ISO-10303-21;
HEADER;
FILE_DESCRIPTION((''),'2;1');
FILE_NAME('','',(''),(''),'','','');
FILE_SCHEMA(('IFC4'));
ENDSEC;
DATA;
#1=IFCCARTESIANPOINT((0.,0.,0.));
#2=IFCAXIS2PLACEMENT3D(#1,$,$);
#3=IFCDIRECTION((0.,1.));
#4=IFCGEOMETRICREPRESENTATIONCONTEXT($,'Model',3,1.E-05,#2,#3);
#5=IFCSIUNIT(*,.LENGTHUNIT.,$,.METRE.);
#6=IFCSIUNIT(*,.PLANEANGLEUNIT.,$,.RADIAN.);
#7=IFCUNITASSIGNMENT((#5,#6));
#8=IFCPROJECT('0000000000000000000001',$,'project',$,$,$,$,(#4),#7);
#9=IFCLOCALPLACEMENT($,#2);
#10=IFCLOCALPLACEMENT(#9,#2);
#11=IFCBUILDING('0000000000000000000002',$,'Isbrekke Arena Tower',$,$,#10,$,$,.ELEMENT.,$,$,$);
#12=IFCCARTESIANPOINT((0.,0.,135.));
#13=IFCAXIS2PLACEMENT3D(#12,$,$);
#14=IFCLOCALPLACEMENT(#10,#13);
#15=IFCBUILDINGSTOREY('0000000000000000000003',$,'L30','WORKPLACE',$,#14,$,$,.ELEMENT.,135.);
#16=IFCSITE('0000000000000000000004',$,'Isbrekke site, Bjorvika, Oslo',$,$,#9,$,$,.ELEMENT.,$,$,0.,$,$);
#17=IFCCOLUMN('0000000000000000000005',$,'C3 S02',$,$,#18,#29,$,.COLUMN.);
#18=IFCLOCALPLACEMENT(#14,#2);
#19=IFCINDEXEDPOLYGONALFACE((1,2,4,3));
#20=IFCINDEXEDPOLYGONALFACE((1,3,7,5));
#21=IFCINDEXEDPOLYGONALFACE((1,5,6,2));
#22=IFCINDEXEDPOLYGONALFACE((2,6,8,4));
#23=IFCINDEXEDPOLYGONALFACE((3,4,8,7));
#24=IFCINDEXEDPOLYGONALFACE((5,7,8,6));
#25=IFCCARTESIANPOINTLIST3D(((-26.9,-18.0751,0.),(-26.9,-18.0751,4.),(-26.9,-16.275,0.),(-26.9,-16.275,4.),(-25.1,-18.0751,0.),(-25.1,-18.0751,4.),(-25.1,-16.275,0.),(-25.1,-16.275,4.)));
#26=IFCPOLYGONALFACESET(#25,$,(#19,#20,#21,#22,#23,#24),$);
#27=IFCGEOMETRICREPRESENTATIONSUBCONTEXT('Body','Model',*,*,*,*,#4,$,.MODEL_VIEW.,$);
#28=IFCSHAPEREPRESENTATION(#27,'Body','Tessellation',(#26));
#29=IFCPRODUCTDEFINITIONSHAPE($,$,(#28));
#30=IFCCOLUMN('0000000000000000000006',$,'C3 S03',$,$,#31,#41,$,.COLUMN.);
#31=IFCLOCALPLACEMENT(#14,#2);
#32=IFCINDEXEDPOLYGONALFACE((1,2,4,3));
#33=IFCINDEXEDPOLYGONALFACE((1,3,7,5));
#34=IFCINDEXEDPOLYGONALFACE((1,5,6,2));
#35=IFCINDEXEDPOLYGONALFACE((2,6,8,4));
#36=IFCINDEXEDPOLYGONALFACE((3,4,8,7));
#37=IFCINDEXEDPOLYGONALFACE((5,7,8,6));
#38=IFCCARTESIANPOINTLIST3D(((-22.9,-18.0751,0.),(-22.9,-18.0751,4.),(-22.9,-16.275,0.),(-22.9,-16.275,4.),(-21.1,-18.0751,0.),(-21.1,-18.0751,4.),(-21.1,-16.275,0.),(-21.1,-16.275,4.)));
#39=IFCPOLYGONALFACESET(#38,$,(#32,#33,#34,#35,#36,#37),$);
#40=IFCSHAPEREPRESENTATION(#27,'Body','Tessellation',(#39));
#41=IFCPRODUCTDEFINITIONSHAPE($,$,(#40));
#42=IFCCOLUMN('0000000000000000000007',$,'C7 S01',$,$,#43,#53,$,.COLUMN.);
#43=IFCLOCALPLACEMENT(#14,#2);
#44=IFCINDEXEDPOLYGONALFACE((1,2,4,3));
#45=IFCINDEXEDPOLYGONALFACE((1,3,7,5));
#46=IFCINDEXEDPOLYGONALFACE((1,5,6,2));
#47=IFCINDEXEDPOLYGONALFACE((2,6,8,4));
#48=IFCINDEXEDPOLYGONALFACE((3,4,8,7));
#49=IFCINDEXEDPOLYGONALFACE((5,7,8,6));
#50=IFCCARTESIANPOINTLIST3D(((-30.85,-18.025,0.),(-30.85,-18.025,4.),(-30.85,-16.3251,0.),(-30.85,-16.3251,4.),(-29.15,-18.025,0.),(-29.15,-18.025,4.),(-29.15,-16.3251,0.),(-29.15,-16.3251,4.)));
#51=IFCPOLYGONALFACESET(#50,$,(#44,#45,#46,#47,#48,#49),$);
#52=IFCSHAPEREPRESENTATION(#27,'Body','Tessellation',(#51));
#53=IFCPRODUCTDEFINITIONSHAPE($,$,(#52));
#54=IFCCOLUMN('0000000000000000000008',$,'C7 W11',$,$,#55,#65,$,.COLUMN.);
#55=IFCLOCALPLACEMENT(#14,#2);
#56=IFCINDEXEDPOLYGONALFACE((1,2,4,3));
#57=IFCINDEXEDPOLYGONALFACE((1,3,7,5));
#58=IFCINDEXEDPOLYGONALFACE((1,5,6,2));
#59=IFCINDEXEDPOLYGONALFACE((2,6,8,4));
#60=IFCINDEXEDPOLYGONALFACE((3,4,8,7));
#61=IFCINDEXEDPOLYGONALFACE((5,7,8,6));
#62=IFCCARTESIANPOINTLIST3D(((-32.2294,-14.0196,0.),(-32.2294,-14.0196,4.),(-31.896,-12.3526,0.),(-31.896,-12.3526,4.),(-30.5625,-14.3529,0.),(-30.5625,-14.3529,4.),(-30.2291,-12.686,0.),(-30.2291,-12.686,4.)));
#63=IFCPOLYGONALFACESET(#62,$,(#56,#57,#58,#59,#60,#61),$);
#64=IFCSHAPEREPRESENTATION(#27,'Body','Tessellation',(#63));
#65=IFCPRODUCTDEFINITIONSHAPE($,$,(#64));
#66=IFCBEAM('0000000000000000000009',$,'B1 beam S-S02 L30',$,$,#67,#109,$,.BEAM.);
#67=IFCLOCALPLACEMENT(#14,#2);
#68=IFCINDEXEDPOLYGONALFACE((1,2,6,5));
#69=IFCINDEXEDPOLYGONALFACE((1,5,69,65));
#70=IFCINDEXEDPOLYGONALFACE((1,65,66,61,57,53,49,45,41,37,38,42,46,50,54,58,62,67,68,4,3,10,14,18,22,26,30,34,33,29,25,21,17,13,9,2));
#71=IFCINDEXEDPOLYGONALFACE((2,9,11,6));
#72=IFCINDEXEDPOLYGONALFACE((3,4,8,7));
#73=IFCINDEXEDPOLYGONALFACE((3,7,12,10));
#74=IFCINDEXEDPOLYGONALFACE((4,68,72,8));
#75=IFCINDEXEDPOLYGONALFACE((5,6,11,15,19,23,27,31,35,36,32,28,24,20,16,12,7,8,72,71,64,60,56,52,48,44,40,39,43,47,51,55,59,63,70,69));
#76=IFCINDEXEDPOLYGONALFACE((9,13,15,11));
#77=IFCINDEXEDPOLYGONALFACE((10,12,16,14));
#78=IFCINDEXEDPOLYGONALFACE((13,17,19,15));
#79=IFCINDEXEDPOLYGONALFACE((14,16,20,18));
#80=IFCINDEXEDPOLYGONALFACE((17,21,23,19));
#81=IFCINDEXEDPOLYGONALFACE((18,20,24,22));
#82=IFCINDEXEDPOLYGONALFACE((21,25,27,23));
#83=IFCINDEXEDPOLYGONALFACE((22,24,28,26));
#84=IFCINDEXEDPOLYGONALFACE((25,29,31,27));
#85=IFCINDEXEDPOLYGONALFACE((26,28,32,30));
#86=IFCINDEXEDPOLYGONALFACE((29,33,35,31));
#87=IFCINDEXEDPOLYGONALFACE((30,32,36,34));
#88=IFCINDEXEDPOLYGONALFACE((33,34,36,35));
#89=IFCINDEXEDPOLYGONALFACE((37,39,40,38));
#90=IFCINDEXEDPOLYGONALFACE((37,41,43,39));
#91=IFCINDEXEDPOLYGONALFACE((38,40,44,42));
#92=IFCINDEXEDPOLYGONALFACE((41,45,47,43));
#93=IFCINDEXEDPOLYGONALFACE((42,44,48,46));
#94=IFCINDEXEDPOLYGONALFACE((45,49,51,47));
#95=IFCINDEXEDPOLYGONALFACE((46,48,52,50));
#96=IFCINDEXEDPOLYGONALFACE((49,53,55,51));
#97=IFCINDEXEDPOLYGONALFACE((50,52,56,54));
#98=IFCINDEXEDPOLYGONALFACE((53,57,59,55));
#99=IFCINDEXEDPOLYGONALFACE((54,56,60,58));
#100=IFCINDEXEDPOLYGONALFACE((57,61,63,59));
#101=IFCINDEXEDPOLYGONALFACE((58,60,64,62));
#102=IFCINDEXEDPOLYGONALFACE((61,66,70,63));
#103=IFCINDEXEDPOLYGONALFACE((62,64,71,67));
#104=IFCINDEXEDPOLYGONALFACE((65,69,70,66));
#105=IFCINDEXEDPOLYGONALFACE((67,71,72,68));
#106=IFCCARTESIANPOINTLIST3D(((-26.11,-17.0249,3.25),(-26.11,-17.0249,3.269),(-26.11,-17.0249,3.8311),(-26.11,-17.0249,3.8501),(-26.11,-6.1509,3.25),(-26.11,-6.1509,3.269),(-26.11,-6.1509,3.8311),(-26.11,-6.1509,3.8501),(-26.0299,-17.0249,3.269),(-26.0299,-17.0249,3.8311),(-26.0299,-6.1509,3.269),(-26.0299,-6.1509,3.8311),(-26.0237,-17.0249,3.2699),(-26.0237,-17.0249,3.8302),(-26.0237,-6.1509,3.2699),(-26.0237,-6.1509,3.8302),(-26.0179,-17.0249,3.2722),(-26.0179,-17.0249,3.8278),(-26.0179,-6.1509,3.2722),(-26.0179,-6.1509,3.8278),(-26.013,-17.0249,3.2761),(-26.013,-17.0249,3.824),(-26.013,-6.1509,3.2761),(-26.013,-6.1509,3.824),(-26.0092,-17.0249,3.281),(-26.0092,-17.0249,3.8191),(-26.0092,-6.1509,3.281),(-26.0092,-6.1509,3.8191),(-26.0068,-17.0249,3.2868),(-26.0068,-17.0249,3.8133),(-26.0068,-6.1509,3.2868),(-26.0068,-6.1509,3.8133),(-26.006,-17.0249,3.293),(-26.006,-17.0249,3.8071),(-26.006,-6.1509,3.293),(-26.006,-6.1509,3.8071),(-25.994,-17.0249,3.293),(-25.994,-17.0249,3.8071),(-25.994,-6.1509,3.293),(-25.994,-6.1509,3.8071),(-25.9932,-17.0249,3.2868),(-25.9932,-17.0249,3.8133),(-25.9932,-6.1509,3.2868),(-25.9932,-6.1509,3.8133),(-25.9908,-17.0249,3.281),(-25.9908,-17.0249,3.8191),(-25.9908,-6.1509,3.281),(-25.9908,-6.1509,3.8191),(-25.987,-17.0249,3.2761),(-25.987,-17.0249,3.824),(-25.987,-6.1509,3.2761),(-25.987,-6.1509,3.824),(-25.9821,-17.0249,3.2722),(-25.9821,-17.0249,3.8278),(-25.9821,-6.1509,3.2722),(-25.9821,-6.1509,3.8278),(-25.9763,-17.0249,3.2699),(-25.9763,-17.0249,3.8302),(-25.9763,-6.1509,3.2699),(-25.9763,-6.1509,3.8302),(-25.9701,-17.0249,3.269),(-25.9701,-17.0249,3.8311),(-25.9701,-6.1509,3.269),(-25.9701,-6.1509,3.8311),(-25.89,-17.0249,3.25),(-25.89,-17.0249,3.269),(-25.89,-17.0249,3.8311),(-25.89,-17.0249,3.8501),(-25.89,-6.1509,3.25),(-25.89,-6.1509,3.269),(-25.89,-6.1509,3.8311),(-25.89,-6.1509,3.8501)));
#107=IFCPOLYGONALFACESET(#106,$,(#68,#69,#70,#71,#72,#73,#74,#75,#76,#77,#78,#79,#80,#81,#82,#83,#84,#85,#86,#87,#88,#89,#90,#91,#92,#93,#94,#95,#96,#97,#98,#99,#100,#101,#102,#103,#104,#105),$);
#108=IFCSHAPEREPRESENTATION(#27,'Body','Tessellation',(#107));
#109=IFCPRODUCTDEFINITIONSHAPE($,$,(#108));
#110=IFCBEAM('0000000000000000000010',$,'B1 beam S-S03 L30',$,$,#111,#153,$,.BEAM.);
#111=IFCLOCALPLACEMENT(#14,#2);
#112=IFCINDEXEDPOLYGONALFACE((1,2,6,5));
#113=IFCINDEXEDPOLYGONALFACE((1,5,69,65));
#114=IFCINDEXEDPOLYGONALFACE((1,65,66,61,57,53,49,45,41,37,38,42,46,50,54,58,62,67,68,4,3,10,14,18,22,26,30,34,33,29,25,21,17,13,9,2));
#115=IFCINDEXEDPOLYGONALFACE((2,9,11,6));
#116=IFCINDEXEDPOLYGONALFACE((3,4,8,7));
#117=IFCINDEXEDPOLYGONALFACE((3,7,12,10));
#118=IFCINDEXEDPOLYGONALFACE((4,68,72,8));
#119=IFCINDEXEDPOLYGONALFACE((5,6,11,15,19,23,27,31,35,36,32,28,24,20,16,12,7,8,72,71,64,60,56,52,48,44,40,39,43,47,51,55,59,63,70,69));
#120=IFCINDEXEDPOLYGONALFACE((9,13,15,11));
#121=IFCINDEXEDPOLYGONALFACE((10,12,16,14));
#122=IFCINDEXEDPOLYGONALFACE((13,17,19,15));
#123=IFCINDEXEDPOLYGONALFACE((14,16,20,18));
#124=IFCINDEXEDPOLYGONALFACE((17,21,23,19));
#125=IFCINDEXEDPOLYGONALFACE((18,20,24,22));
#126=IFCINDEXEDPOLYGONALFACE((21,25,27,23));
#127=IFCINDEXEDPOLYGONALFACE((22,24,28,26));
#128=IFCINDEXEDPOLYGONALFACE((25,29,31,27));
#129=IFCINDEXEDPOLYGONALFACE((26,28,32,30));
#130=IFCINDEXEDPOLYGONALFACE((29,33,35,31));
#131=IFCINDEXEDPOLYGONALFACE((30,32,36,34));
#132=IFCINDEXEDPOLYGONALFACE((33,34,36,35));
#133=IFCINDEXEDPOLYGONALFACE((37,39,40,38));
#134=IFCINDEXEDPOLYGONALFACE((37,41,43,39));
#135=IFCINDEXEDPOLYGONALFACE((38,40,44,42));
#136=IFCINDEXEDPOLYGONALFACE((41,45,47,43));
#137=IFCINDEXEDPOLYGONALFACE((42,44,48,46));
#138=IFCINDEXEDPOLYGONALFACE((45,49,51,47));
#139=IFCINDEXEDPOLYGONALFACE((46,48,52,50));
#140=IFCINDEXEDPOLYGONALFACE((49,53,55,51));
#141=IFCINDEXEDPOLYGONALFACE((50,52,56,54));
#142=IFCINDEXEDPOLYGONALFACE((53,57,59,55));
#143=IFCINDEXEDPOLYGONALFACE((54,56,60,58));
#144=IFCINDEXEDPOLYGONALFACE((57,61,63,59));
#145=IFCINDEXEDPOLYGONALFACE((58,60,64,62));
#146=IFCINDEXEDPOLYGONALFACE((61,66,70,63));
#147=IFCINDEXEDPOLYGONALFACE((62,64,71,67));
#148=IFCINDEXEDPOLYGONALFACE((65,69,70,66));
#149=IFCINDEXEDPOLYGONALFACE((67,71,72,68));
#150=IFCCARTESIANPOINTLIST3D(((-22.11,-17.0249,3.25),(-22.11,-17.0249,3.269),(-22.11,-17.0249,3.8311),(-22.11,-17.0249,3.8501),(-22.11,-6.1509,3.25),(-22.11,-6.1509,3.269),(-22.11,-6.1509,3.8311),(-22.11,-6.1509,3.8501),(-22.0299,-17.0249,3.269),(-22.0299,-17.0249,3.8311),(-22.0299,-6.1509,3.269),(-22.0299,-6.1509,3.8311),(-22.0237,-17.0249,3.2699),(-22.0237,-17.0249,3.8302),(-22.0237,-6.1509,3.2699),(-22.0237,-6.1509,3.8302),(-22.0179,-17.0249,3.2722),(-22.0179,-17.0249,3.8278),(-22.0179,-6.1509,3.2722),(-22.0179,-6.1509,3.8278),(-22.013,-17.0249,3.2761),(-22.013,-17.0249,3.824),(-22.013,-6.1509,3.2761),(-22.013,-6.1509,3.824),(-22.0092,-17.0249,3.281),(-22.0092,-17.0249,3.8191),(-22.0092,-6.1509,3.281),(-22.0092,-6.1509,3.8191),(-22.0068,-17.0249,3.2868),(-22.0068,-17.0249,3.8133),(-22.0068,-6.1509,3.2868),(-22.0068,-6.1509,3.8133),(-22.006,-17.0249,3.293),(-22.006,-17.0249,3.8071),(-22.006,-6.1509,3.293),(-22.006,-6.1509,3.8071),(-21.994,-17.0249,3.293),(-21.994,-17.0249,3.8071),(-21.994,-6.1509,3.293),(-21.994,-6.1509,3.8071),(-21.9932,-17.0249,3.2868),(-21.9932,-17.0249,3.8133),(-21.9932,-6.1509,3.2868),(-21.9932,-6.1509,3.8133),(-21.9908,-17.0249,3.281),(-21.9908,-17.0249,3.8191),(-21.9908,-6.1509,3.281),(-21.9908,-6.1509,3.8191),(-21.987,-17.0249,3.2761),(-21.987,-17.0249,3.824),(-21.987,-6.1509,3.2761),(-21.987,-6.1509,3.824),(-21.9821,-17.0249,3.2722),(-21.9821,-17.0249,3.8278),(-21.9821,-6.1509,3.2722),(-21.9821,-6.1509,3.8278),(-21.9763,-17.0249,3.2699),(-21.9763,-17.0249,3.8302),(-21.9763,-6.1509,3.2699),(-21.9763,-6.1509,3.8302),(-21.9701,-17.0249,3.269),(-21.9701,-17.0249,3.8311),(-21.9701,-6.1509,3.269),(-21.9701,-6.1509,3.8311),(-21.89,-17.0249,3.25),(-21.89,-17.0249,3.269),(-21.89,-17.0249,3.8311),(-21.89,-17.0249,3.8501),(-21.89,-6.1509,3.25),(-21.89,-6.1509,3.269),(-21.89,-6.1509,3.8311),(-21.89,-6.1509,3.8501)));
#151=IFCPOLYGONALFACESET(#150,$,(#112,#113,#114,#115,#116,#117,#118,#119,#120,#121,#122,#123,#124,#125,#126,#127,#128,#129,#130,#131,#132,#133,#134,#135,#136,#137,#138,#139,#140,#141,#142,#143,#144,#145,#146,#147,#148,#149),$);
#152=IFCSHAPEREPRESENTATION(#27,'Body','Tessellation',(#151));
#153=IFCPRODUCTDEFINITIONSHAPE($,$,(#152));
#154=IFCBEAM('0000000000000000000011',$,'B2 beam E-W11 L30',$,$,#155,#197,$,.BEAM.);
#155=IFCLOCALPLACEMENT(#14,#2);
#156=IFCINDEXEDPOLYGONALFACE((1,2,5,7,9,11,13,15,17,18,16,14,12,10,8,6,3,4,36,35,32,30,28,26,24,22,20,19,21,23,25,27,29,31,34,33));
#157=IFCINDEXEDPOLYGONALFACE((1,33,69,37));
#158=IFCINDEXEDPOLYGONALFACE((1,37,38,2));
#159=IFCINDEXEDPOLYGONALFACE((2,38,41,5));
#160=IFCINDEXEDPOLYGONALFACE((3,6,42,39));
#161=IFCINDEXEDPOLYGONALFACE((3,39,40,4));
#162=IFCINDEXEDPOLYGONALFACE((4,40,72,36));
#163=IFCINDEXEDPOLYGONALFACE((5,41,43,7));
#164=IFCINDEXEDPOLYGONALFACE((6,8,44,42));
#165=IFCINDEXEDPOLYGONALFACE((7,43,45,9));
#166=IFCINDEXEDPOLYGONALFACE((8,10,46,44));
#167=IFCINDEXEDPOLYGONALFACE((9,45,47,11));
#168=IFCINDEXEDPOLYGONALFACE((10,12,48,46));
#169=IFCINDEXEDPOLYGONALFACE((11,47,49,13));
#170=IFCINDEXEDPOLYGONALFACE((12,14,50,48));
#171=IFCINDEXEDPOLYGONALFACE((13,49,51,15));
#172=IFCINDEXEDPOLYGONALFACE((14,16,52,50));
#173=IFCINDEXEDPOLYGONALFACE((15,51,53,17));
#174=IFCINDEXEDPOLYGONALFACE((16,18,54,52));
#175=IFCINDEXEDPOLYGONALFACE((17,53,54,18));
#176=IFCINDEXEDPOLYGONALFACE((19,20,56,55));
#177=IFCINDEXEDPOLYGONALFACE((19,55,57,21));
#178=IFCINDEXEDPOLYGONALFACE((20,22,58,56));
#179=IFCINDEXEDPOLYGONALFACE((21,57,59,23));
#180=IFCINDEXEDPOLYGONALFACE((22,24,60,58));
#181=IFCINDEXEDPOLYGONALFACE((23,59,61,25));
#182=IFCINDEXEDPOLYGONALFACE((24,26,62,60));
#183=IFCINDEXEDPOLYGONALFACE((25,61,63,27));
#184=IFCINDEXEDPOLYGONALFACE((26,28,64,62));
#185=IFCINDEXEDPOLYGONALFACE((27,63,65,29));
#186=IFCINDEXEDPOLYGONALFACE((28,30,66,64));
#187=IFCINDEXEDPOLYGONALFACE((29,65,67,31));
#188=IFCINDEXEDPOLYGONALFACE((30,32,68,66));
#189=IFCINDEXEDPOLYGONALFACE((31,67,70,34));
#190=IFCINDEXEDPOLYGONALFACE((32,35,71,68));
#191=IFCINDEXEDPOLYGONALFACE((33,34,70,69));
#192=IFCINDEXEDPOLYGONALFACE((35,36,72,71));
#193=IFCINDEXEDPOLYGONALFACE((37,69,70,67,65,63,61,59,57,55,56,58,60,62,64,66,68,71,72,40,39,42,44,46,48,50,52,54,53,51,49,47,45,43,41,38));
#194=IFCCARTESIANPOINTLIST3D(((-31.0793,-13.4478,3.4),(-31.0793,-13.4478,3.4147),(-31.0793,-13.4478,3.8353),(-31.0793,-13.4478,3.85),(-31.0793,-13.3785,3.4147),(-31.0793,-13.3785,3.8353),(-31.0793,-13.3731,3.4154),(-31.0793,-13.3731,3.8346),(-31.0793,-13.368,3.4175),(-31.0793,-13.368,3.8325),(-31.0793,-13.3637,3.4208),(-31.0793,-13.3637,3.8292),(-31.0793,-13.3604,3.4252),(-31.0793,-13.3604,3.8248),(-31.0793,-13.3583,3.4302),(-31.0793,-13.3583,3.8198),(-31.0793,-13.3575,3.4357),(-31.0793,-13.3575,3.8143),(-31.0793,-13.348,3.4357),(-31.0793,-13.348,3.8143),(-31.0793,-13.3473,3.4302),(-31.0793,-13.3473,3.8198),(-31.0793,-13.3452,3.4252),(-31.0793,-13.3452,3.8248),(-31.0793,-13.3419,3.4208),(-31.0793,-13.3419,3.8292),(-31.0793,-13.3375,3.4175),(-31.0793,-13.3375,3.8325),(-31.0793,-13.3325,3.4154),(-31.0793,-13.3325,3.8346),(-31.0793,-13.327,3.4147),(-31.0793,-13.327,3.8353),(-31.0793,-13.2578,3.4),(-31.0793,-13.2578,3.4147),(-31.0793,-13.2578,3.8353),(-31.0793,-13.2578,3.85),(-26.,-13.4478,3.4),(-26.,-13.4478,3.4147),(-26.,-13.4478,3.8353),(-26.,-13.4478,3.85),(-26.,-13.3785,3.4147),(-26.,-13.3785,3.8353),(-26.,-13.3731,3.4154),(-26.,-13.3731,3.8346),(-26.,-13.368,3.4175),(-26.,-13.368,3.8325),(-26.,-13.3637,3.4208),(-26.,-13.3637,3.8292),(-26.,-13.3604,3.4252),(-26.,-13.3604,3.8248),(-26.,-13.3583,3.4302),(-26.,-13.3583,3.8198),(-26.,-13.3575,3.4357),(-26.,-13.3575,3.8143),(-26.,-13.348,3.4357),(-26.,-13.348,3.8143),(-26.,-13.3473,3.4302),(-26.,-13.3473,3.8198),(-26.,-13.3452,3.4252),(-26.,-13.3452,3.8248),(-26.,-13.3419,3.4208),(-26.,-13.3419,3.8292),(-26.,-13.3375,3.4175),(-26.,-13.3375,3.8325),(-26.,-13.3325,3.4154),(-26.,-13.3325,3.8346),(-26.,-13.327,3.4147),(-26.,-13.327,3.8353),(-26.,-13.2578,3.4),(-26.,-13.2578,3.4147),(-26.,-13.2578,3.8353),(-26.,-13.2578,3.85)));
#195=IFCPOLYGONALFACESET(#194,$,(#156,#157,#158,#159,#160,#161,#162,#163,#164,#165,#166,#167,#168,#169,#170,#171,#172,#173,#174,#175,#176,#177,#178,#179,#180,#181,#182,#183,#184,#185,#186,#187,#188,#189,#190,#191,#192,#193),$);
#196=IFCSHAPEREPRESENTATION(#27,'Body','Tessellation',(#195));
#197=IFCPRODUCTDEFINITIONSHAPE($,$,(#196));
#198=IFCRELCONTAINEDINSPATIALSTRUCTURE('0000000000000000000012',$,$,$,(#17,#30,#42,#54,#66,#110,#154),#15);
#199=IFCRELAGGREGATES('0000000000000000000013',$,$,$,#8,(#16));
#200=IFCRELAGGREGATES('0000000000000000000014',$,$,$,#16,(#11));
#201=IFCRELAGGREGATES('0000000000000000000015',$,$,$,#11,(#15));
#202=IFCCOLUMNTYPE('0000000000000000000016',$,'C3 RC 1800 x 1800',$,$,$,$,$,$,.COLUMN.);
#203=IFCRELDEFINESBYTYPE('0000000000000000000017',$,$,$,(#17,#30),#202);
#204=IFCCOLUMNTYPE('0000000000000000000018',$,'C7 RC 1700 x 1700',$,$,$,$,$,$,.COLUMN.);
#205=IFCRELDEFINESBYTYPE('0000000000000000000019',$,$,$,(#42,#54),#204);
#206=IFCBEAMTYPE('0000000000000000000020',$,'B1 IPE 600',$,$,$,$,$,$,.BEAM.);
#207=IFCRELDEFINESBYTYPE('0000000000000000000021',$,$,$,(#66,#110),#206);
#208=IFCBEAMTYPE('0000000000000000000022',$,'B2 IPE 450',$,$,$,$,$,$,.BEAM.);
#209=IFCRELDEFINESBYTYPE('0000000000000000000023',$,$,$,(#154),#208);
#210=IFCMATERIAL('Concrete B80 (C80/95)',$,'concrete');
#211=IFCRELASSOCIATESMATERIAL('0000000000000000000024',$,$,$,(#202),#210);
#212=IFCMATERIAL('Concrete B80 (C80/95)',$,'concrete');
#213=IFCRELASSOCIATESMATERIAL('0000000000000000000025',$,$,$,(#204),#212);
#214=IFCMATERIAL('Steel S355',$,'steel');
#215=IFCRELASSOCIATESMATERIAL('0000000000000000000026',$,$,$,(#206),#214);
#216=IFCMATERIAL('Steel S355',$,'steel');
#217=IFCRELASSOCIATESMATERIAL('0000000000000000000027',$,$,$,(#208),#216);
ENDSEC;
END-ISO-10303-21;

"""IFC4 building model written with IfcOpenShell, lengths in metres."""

from ifc_helpers import new_model, si_unit, direction, frame, origin, origin_2d, place, context, subcontext, project, spatial, rectangle, i_section, extrude, material, material_profile, profile_set, type_object, element, save


model = new_model("IFC4")

# Units and contexts
model_context = context("Model", 3, precision=1e-05, world=origin(), true_north=direction((0.0, 1.0)))
body_context = subcontext(model_context, "Body", "Model", "MODEL_VIEW")
ifc_project = project(units=[si_unit("LENGTHUNIT", "METRE"), si_unit("PLANEANGLEUNIT", "RADIAN")], contexts=[model_context])

# Site, building, storey
site_placement = place(None, origin())
site = spatial("IfcSite", under=ifc_project, at=site_placement, Name="Isbrekke site, Bjorvika, Oslo", CompositionType="ELEMENT", RefElevation=0.0)
building_placement = place(site_placement, origin())
building = spatial("IfcBuilding", under=site, at=building_placement, Name="Isbrekke Arena Tower", CompositionType="ELEMENT")
storey_placement = place(building_placement, frame((0.0, 0.0, 135.0)))
storey = spatial("IfcBuildingStorey", under=building, at=storey_placement, Name="L30", Description="WORKPLACE", CompositionType="ELEMENT", Elevation=135.0)

# Columns
ifc_material_1 = material(Name="Concrete B80 (C80/95)", Category="concrete")
ifc_material_profile_1 = material_profile(ifc_material_1, rectangle(XDim=1.8, YDim=1.8, at=origin_2d()), Name="RC 1800x1800")
ifc_profile_set_1 = profile_set([ifc_material_profile_1], Name="Concrete B80 (C80/95)")
column_type_1 = type_object("IfcColumnType", Name="C3 RC 1800 x 1800", PredefinedType="COLUMN", material=ifc_profile_set_1)
for number, where, z_axis, x_axis, name in (
    (1, (-26.0, -17.175, 0.0), (0.0, 0.0, 1.0), (1.0, 0.0, 0.0), "C3 S02"),
    (2, (-22.0, -17.175, 0.0), (0.0, 0.0, 1.0), (1.0, 0.0, 0.0), "C3 S03"),
):
    element("IfcColumn", number, at=place(storey_placement, frame(where, z_axis=z_axis, x_axis=x_axis)), inside=storey, type_object=column_type_1, Name=name, PredefinedType="COLUMN", context=body_context, shape_type="SweptSolid", body=[
        extrude(rectangle(XDim=1.8, YDim=1.8, at=origin_2d()), origin(), (0.0, 0.0, 1.0), 4.0),
    ])
ifc_material_2 = material(Name="Concrete B80 (C80/95)", Category="concrete")
ifc_material_profile_2 = material_profile(ifc_material_2, rectangle(XDim=1.7, YDim=1.7, at=origin_2d()), Name="RC 1700x1700")
ifc_profile_set_2 = profile_set([ifc_material_profile_2], Name="Concrete B80 (C80/95)")
column_type_2 = type_object("IfcColumnType", Name="C7 RC 1700 x 1700", PredefinedType="COLUMN", material=ifc_profile_set_2)
for number, where, z_axis, x_axis, name in (
    (3, (-30.0, -17.175, 0.0), (0.0, 0.0, 1.0), (1.0, 0.0, 0.0), "C7 S01"),
    (4, (-31.2292, -13.3528, 0.0), (0.0, 0.0, 1.0), (-0.196116, -0.980581, 0.0), "C7 W11"),
):
    element("IfcColumn", number, at=place(storey_placement, frame(where, z_axis=z_axis, x_axis=x_axis)), inside=storey, type_object=column_type_2, Name=name, PredefinedType="COLUMN", context=body_context, shape_type="SweptSolid", body=[
        extrude(rectangle(XDim=1.7, YDim=1.7, at=origin_2d()), origin(), (0.0, 0.0, 1.0), 4.0),
    ])

# Beams
ifc_material_3 = material(Name="Steel S355", Category="steel")
ifc_material_profile_3 = material_profile(ifc_material_3, i_section(OverallWidth=0.22, OverallDepth=0.6001, WebThickness=0.012, FlangeThickness=0.019, FilletRadius=0.0239, at=origin_2d()), Name="IPE 600")
ifc_profile_set_3 = profile_set([ifc_material_profile_3], Name="Steel S355")
beam_type_1 = type_object("IfcBeamType", Name="B1 IPE 600", PredefinedType="BEAM", material=ifc_profile_set_3)
for number, where, z_axis, x_axis, name in (
    (5, (-26.0, -17.0249, 3.55), (0.0, 1.0, 0.0), (-1.0, 0.0, 0.0), "B1 beam S-S02 L30"),
    (6, (-22.0, -17.0249, 3.55), (0.0, 1.0, 0.0), (-1.0, 0.0, 0.0), "B1 beam S-S03 L30"),
):
    element("IfcBeam", number, at=place(storey_placement, frame(where, z_axis=z_axis, x_axis=x_axis)), inside=storey, type_object=beam_type_1, Name=name, PredefinedType="BEAM", context=body_context, shape_type="SweptSolid", body=[
        extrude(i_section(OverallWidth=0.22, OverallDepth=0.6001, WebThickness=0.012, FlangeThickness=0.019, FilletRadius=0.0239, at=origin_2d()), origin(), (0.0, 0.0, 1.0), 10.874),
    ])
ifc_material_4 = material(Name="Steel S355", Category="steel")
ifc_material_profile_4 = material_profile(ifc_material_4, i_section(OverallWidth=0.1899, OverallDepth=0.45, WebThickness=0.0095, FlangeThickness=0.0146, FilletRadius=0.021, at=origin_2d()), Name="IPE 450")
ifc_profile_set_4 = profile_set([ifc_material_profile_4], Name="Steel S355")
beam_type_2 = type_object("IfcBeamType", Name="B2 IPE 450", PredefinedType="BEAM", material=ifc_profile_set_4)
beam_1_placement = place(storey_placement, frame((-31.0793, -13.3528, 3.625), z_axis=(1.0, 0.0, 0.0), x_axis=(0.0, 1.0, 0.0)))
element("IfcBeam", 7, at=beam_1_placement, inside=storey, type_object=beam_type_2, Name="B2 beam E-W11 L30", PredefinedType="BEAM", context=body_context, shape_type="SweptSolid", body=[
    extrude(i_section(OverallWidth=0.1899, OverallDepth=0.45, WebThickness=0.0095, FlangeThickness=0.0146, FilletRadius=0.021, at=origin_2d()), origin(), (0.0, 0.0, 1.0), 5.0793),
])

save(model, "model.ifc")
